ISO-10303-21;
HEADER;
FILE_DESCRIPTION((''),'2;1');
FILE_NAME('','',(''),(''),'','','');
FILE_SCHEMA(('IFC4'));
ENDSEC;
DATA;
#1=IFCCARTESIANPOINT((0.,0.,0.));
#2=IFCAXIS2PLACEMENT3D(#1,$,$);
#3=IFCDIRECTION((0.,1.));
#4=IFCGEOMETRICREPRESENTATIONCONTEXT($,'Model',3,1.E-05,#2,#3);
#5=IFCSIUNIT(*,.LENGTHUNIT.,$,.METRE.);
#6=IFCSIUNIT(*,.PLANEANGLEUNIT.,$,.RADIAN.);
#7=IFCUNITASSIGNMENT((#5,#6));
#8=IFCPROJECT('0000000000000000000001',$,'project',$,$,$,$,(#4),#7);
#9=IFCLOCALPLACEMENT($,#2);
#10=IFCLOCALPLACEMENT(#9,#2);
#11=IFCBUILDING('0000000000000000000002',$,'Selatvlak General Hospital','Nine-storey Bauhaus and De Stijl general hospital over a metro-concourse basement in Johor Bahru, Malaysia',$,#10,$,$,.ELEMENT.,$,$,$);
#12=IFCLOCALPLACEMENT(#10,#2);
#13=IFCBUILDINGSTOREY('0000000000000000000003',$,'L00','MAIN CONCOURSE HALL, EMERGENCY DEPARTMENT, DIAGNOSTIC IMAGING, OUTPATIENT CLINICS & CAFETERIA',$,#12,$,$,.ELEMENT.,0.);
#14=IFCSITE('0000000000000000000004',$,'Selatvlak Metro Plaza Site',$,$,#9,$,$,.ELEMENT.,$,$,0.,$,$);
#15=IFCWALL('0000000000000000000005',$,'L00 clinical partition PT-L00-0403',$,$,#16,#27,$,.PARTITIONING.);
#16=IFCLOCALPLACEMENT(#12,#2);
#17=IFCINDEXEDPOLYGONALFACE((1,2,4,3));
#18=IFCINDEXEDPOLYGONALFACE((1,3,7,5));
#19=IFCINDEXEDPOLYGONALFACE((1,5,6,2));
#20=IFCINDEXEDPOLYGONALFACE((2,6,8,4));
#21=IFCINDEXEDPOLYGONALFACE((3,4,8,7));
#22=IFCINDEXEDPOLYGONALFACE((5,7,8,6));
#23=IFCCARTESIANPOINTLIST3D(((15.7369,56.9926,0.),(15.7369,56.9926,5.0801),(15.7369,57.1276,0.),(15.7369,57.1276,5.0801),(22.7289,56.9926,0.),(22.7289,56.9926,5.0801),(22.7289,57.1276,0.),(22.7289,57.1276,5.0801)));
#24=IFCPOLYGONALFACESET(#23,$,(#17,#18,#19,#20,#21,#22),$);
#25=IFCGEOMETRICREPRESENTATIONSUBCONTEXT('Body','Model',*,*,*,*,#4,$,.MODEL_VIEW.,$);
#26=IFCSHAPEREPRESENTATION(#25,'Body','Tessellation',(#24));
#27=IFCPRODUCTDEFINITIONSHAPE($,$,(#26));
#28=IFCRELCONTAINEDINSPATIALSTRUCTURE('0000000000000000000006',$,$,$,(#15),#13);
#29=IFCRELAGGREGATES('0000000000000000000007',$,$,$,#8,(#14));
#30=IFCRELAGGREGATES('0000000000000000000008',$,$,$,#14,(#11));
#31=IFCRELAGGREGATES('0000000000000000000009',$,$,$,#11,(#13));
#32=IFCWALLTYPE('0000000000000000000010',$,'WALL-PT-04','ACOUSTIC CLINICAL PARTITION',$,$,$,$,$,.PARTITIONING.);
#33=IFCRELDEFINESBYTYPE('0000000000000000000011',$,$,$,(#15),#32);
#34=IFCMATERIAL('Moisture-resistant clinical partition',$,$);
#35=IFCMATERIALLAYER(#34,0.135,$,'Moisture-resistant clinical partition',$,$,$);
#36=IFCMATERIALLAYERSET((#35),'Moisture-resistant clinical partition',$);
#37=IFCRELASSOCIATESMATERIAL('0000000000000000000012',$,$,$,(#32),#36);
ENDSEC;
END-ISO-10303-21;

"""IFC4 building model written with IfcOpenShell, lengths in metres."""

from ifc_helpers import new_model, si_unit, direction, frame, frame_2d, origin, place, context, subcontext, project, spatial, rectangle, extrude, material, layer, layer_set, type_object, element, save


model = new_model("IFC4")

# Units and contexts
model_context = context("Model", 3, precision=1e-05, world=origin(), true_north=direction((0.0, 1.0)))
body_context = subcontext(model_context, "Body", "Model", "MODEL_VIEW")
ifc_project = project(units=[si_unit("LENGTHUNIT", "METRE"), si_unit("PLANEANGLEUNIT", "RADIAN")], contexts=[model_context])

# Site, building, storey
site_placement = place(None, origin())
site = spatial("IfcSite", under=ifc_project, at=site_placement, Name="Selatvlak Metro Plaza Site", CompositionType="ELEMENT", RefElevation=0.0)
building_placement = place(site_placement, origin())
building = spatial("IfcBuilding", under=site, at=building_placement, Name="Selatvlak General Hospital", Description="Nine-storey Bauhaus and De Stijl general hospital over a metro-concourse basement in Johor Bahru, Malaysia", CompositionType="ELEMENT")
storey_placement = place(building_placement, origin())
storey = spatial("IfcBuildingStorey", under=building, at=storey_placement, Name="L00", Description="MAIN CONCOURSE HALL, EMERGENCY DEPARTMENT, DIAGNOSTIC IMAGING, OUTPATIENT CLINICS & CAFETERIA", CompositionType="ELEMENT", Elevation=0.0)

# Wall
ifc_material_1 = material(Name="Moisture-resistant clinical partition")
ifc_layer_1 = layer(ifc_material_1, 0.135, Name="Moisture-resistant clinical partition")
ifc_layer_set_1 = layer_set([ifc_layer_1], Name="Moisture-resistant clinical partition")
wall_type_1 = type_object("IfcWallType", Name="WALL-PT-04", Description="ACOUSTIC CLINICAL PARTITION", PredefinedType="PARTITIONING", material=ifc_layer_set_1)
wall_1_placement = place(storey_placement, frame((22.729, 57.0601, 0.0), z_axis=(0.0, 0.0, 1.0), x_axis=(-1.0, 0.0, 0.0)))
element("IfcWall", 1, at=wall_1_placement, inside=storey, type_object=wall_type_1, Name="L00 clinical partition PT-L00-0403", PredefinedType="PARTITIONING", context=body_context, shape_type="SweptSolid", body=[
    extrude(rectangle(XDim=6.9919, YDim=0.135, at=frame_2d((3.4961, 0.0))), origin(), (0.0, 0.0, 1.0), 5.0801),
])

save(model, "model.ifc")
